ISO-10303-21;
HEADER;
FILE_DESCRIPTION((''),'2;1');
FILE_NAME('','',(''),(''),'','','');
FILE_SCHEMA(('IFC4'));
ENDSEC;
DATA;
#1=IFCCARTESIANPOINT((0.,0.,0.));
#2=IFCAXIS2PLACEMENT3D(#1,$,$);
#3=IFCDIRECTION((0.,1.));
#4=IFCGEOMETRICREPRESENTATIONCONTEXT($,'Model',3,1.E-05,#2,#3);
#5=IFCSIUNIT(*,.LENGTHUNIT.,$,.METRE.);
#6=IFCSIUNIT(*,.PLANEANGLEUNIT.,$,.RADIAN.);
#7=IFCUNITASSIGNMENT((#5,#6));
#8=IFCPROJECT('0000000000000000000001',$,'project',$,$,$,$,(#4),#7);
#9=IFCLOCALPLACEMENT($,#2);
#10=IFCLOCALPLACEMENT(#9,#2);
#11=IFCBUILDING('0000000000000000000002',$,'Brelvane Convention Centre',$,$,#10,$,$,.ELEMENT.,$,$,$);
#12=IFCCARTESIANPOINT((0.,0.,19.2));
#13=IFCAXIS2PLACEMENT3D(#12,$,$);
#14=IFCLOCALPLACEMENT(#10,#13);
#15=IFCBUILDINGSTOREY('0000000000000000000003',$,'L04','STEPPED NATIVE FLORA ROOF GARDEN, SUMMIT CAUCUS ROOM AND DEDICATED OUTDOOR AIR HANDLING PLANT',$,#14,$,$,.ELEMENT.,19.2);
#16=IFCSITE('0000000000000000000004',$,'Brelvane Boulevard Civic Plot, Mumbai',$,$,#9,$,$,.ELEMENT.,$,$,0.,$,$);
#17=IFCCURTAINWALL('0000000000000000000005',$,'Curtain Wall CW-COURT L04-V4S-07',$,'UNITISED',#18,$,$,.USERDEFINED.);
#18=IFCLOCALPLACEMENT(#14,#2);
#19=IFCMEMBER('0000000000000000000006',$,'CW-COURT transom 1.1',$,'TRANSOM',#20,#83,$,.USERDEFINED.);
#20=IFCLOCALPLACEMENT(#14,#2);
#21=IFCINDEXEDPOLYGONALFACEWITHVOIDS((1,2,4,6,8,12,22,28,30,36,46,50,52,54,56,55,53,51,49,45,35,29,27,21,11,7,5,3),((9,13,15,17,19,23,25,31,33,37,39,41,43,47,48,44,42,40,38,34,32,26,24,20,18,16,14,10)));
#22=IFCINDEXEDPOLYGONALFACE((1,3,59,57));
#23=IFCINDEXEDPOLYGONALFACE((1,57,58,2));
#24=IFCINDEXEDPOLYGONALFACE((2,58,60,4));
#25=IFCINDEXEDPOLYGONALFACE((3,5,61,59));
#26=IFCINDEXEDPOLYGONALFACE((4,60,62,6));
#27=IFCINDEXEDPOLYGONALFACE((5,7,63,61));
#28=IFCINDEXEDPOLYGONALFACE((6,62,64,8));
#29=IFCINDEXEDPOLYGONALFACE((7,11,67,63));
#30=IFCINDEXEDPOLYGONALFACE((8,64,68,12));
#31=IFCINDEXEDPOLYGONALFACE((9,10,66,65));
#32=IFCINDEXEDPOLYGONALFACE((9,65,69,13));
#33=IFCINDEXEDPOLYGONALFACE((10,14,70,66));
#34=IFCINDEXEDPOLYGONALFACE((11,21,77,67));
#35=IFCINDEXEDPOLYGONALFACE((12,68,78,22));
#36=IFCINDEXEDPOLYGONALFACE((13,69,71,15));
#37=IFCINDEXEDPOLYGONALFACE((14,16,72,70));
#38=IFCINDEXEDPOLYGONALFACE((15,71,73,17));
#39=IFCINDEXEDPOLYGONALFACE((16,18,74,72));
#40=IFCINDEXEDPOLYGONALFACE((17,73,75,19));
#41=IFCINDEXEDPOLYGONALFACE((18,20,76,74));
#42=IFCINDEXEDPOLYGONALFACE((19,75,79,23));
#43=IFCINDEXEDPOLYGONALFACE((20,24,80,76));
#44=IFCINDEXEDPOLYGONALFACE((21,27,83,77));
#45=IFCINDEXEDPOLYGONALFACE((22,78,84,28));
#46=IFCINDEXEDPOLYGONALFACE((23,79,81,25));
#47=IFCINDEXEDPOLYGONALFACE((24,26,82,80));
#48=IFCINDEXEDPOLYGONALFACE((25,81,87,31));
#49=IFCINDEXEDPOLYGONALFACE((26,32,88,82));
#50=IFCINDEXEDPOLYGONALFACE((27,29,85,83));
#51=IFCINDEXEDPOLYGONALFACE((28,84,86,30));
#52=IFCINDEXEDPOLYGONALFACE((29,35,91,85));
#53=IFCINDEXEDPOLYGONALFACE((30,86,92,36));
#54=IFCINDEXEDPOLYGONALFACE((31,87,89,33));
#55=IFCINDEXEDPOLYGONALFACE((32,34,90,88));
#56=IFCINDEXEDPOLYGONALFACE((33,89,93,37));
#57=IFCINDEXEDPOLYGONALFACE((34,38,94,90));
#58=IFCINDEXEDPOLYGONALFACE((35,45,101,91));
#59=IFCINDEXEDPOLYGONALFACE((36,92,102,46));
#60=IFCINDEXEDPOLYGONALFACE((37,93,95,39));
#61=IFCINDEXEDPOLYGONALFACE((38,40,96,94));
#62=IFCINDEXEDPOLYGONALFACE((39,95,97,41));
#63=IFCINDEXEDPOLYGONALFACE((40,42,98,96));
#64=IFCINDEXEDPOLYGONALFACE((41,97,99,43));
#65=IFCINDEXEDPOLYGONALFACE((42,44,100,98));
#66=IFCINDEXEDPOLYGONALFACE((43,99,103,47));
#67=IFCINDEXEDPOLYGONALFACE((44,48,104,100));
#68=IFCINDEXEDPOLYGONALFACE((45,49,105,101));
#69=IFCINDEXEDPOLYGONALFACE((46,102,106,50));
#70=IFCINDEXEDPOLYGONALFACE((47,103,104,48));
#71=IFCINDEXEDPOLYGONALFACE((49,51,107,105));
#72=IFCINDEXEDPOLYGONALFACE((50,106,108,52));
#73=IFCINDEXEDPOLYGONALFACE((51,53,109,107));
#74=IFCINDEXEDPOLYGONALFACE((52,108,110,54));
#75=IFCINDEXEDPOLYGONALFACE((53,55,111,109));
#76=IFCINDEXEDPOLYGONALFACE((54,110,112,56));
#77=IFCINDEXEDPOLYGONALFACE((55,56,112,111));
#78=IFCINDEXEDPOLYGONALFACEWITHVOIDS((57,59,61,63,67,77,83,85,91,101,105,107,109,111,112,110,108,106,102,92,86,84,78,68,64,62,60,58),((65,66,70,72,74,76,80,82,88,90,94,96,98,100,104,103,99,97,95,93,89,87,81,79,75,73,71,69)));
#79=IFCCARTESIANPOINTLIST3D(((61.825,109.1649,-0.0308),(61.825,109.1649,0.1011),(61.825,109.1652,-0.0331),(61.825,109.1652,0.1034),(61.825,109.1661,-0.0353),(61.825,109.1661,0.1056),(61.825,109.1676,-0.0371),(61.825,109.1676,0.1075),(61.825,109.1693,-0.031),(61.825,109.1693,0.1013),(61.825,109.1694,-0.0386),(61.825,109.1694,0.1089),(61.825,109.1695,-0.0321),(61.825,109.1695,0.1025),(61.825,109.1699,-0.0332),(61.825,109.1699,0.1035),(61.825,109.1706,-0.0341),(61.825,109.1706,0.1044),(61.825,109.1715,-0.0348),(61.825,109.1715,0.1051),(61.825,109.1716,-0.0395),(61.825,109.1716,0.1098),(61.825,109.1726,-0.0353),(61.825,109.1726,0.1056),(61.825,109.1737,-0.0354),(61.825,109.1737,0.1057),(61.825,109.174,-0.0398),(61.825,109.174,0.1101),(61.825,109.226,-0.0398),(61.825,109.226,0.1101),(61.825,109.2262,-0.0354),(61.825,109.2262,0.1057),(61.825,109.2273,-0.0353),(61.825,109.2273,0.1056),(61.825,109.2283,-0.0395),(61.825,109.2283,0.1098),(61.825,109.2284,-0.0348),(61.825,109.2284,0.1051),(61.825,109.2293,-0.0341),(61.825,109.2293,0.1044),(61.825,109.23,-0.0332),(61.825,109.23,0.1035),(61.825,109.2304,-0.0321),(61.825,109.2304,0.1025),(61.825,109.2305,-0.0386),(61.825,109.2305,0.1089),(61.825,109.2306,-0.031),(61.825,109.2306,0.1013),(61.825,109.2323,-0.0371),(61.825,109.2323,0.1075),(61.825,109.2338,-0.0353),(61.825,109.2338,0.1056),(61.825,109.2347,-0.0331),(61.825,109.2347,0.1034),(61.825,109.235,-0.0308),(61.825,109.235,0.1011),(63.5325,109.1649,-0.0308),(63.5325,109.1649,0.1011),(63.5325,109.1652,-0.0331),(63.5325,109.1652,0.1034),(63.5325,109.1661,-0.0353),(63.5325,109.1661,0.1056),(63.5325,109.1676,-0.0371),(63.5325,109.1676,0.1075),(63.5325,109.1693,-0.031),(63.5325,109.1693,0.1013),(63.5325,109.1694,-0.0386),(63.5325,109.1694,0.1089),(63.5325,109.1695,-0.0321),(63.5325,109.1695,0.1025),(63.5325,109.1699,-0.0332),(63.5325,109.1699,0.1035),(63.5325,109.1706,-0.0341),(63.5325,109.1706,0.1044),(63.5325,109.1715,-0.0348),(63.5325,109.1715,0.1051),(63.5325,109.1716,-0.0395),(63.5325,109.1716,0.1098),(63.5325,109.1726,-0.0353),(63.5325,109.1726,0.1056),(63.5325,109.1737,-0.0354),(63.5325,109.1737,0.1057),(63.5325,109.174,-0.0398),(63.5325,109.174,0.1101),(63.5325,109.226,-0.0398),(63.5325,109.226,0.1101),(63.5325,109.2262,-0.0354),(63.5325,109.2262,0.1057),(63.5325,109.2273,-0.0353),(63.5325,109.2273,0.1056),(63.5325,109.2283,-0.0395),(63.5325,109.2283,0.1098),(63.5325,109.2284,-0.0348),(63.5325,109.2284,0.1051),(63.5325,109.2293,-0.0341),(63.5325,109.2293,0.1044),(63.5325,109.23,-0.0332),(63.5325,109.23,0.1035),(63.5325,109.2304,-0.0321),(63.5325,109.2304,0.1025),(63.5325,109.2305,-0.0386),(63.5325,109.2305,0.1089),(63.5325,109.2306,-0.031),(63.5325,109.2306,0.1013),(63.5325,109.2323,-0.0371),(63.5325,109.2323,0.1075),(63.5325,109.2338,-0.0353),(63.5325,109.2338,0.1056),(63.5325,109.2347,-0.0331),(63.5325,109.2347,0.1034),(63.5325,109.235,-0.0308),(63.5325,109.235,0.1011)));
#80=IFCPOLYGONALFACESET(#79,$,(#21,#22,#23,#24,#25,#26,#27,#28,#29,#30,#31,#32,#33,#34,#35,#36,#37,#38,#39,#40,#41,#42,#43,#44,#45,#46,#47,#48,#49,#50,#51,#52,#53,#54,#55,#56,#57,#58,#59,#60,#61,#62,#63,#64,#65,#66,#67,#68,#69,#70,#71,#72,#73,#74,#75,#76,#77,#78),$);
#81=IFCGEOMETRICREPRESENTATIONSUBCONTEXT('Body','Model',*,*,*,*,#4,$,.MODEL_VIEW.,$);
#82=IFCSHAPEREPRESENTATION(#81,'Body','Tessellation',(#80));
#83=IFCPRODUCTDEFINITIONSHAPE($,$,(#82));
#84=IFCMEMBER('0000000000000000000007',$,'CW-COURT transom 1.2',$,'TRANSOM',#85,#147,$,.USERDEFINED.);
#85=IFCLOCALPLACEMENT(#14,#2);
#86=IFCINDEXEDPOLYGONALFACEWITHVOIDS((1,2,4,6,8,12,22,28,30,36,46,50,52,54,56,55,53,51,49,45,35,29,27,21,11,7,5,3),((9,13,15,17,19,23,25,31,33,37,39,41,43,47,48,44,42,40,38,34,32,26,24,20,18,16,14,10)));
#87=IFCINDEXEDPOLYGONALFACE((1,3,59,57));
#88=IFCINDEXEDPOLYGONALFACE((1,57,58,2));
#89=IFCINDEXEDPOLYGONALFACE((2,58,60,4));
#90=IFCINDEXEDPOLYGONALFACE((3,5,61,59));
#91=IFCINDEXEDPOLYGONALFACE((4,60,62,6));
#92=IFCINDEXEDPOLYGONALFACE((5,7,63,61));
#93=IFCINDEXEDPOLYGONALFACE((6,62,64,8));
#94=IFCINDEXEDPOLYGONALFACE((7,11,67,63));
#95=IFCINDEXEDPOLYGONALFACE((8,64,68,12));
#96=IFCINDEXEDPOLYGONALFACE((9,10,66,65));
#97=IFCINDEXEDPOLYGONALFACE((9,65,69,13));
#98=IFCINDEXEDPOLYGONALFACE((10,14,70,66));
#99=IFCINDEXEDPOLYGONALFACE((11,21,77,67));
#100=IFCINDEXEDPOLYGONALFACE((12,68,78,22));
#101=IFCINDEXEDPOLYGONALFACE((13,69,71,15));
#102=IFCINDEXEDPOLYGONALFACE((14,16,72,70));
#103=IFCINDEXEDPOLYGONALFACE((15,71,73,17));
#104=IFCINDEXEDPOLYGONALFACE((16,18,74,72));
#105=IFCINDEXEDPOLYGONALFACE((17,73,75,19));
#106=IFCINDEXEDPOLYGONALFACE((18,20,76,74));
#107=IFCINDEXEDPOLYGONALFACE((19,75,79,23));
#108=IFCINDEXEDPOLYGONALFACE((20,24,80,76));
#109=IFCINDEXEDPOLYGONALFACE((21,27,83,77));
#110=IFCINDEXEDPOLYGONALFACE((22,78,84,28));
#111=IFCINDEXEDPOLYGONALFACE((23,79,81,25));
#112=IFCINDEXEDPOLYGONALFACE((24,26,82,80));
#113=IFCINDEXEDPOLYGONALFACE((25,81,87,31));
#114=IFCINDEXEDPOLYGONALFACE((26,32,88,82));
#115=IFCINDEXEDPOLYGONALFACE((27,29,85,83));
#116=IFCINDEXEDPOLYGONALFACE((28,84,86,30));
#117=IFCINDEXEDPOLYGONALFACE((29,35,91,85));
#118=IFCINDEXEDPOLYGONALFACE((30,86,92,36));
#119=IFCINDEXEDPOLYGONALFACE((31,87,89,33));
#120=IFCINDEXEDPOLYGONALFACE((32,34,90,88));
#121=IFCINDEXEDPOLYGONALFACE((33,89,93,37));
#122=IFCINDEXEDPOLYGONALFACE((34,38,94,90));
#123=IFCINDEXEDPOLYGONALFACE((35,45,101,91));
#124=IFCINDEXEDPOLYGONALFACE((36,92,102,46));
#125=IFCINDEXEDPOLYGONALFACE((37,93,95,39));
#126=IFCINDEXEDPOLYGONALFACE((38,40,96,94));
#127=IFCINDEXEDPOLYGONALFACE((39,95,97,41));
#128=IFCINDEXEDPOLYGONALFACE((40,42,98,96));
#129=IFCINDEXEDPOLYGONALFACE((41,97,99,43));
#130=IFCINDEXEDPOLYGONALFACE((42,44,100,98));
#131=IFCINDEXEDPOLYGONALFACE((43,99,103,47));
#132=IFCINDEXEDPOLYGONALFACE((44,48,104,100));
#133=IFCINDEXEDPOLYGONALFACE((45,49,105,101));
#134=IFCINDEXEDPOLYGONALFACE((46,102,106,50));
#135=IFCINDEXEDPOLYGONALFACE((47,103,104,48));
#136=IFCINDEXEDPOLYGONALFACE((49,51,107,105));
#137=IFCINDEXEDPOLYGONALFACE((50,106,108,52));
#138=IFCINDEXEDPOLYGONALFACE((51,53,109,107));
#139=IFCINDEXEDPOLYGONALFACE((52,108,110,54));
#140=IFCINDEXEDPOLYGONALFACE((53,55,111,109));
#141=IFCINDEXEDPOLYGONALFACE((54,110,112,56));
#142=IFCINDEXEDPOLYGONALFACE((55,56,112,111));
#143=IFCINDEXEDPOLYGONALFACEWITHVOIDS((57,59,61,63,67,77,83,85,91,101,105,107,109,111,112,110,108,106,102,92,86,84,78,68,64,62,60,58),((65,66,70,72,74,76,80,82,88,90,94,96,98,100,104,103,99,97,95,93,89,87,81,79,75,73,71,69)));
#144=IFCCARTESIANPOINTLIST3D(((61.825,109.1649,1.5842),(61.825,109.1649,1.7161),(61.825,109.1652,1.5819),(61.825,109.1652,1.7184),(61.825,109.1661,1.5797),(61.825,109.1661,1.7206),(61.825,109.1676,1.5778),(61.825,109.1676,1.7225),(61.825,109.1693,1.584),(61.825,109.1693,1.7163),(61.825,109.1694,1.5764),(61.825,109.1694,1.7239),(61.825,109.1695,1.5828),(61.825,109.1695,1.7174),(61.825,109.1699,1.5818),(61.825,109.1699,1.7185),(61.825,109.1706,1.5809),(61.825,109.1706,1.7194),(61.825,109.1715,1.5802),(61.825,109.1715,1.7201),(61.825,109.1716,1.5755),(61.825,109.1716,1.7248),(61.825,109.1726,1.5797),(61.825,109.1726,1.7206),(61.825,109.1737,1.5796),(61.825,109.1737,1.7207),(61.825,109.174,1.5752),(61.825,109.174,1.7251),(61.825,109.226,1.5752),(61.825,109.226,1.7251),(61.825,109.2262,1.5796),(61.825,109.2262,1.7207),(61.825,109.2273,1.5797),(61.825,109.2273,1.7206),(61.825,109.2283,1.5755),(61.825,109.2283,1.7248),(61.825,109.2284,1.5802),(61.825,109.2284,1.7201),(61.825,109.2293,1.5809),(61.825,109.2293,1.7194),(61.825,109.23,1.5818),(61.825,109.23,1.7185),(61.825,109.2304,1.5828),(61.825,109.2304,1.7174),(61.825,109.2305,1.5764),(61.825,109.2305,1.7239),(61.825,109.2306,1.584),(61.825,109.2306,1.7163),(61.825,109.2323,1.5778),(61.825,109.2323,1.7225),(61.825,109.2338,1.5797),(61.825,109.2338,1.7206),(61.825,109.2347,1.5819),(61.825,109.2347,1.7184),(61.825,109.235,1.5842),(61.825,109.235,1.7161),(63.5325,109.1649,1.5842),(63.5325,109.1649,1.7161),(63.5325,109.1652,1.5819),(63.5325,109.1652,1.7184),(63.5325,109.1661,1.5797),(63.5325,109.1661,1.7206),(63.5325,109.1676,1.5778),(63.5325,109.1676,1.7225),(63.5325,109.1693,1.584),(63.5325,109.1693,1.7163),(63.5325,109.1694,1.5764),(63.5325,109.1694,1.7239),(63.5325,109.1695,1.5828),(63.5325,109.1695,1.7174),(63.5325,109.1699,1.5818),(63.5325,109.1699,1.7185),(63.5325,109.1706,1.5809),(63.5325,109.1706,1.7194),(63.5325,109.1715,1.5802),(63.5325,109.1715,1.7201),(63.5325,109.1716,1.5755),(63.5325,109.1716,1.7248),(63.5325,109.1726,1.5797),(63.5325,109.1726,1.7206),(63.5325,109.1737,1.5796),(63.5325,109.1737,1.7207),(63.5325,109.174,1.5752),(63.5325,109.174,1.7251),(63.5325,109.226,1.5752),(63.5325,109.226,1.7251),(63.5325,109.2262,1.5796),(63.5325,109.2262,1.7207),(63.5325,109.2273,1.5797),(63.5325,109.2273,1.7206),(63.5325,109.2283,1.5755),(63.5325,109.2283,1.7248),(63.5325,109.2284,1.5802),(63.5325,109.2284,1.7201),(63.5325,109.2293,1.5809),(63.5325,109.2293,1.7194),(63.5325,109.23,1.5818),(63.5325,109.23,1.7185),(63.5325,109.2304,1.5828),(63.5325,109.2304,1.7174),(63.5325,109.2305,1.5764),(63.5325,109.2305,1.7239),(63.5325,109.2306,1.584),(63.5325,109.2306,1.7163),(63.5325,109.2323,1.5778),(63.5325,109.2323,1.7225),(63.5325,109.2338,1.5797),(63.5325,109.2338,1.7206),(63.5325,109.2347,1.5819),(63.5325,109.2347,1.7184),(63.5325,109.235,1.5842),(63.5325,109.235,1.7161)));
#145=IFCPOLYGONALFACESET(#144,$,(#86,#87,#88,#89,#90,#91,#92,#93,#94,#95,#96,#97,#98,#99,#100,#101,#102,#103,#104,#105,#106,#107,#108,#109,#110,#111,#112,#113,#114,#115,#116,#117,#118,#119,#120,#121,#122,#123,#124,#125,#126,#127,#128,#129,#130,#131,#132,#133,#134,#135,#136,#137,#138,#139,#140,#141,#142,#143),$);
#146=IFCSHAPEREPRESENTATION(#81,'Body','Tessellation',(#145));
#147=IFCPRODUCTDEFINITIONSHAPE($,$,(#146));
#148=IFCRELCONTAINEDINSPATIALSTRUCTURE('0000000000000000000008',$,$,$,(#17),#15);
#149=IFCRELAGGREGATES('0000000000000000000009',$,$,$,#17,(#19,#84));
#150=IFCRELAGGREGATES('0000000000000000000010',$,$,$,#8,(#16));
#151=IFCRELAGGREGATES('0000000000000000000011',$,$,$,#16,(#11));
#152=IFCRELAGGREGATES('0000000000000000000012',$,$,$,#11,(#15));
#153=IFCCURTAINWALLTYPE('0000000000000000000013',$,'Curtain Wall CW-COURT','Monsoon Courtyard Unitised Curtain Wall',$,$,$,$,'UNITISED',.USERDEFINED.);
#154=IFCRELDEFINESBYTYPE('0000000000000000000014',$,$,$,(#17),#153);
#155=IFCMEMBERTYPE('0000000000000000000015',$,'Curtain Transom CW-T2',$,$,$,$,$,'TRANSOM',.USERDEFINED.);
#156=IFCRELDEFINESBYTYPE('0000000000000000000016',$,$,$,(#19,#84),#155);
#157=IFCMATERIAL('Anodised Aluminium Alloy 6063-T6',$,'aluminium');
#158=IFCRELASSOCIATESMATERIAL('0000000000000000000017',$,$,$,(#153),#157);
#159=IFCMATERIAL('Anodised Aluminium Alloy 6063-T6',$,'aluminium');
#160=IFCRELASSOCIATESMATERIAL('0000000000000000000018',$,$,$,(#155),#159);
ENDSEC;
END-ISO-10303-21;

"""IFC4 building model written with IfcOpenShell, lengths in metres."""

from ifc_helpers import new_model, si_unit, direction, frame, origin, origin_2d, place, context, subcontext, project, spatial, hollow_rectangle, extrude, material, material_profile, profile_set, type_object, element, aggregate, save


model = new_model("IFC4")

# Units and contexts
model_context = context("Model", 3, precision=1e-05, world=origin(), true_north=direction((0.0, 1.0)))
body_context = subcontext(model_context, "Body", "Model", "MODEL_VIEW")
ifc_project = project(units=[si_unit("LENGTHUNIT", "METRE"), si_unit("PLANEANGLEUNIT", "RADIAN")], contexts=[model_context])

# Site, building, storey
site_placement = place(None, origin())
site = spatial("IfcSite", under=ifc_project, at=site_placement, Name="Brelvane Boulevard Civic Plot, Mumbai", CompositionType="ELEMENT", RefElevation=0.0)
building_placement = place(site_placement, origin())
building = spatial("IfcBuilding", under=site, at=building_placement, Name="Brelvane Convention Centre", CompositionType="ELEMENT")
storey_placement = place(building_placement, frame((0.0, 0.0, 19.2)))
storey = spatial("IfcBuildingStorey", under=building, at=storey_placement, Name="L04", Description="STEPPED NATIVE FLORA ROOF GARDEN, SUMMIT CAUCUS ROOM AND DEDICATED OUTDOOR AIR HANDLING PLANT", CompositionType="ELEMENT", Elevation=19.2)

# Curtain wall
ifc_material_1 = material(Name="Anodised Aluminium Alloy 6063-T6", Category="aluminium")
curtain_wall_type = type_object("IfcCurtainWallType", Name="Curtain Wall CW-COURT", Description="Monsoon Courtyard Unitised Curtain Wall", ElementType="UNITISED", PredefinedType="USERDEFINED", material=ifc_material_1)
curtain_wall_1_placement = place(storey_placement, origin())
curtain_wall_1 = element("IfcCurtainWall", 1, at=curtain_wall_1_placement, inside=storey, type_object=curtain_wall_type, Name="Curtain Wall CW-COURT L04-V4S-07", ObjectType="UNITISED", PredefinedType="USERDEFINED")

# Members
ifc_material_2 = material(Name="Anodised Aluminium Alloy 6063-T6", Category="aluminium")
ifc_material_profile_1 = material_profile(ifc_material_2, hollow_rectangle(XDim=0.0701, YDim=0.1499, WallThickness=0.0044, InnerFilletRadius=0.0044, OuterFilletRadius=0.009, at=origin_2d()), Name="ALU-T 150x70x4.5")
ifc_profile_set_1 = profile_set([ifc_material_profile_1], Name="Anodised Aluminium Alloy 6063-T6")
member_type_1 = type_object("IfcMemberType", Name="Curtain Transom CW-T2", ElementType="TRANSOM", PredefinedType="USERDEFINED", material=ifc_profile_set_1)
member_1_placement = place(storey_placement, frame((61.825, 109.2, 0.0352), z_axis=(1.0, 0.0, 0.0), x_axis=(0.0, 1.0, 0.0)))
member_1 = element("IfcMember", 2, at=member_1_placement, type_object=member_type_1, Name="CW-COURT transom 1.1", ObjectType="TRANSOM", PredefinedType="USERDEFINED", context=body_context, shape_type="SweptSolid", body=[
    extrude(hollow_rectangle(XDim=0.0701, YDim=0.1499, WallThickness=0.0044, InnerFilletRadius=0.0044, OuterFilletRadius=0.009, at=origin_2d()), origin(), (0.0, 0.0, 1.0), 1.7075),
])
member_2_placement = place(storey_placement, frame((61.825, 109.2, 1.6501), z_axis=(1.0, 0.0, 0.0), x_axis=(0.0, 1.0, 0.0)))
member_2 = element("IfcMember", 3, at=member_2_placement, type_object=member_type_1, Name="CW-COURT transom 1.2", ObjectType="TRANSOM", PredefinedType="USERDEFINED", context=body_context, shape_type="SweptSolid", body=[
    extrude(hollow_rectangle(XDim=0.0701, YDim=0.1499, WallThickness=0.0044, InnerFilletRadius=0.0044, OuterFilletRadius=0.009, at=origin_2d()), origin(), (0.0, 0.0, 1.0), 1.7075),
])

aggregate(curtain_wall_1, [member_1, member_2])

save(model, "model.ifc")
